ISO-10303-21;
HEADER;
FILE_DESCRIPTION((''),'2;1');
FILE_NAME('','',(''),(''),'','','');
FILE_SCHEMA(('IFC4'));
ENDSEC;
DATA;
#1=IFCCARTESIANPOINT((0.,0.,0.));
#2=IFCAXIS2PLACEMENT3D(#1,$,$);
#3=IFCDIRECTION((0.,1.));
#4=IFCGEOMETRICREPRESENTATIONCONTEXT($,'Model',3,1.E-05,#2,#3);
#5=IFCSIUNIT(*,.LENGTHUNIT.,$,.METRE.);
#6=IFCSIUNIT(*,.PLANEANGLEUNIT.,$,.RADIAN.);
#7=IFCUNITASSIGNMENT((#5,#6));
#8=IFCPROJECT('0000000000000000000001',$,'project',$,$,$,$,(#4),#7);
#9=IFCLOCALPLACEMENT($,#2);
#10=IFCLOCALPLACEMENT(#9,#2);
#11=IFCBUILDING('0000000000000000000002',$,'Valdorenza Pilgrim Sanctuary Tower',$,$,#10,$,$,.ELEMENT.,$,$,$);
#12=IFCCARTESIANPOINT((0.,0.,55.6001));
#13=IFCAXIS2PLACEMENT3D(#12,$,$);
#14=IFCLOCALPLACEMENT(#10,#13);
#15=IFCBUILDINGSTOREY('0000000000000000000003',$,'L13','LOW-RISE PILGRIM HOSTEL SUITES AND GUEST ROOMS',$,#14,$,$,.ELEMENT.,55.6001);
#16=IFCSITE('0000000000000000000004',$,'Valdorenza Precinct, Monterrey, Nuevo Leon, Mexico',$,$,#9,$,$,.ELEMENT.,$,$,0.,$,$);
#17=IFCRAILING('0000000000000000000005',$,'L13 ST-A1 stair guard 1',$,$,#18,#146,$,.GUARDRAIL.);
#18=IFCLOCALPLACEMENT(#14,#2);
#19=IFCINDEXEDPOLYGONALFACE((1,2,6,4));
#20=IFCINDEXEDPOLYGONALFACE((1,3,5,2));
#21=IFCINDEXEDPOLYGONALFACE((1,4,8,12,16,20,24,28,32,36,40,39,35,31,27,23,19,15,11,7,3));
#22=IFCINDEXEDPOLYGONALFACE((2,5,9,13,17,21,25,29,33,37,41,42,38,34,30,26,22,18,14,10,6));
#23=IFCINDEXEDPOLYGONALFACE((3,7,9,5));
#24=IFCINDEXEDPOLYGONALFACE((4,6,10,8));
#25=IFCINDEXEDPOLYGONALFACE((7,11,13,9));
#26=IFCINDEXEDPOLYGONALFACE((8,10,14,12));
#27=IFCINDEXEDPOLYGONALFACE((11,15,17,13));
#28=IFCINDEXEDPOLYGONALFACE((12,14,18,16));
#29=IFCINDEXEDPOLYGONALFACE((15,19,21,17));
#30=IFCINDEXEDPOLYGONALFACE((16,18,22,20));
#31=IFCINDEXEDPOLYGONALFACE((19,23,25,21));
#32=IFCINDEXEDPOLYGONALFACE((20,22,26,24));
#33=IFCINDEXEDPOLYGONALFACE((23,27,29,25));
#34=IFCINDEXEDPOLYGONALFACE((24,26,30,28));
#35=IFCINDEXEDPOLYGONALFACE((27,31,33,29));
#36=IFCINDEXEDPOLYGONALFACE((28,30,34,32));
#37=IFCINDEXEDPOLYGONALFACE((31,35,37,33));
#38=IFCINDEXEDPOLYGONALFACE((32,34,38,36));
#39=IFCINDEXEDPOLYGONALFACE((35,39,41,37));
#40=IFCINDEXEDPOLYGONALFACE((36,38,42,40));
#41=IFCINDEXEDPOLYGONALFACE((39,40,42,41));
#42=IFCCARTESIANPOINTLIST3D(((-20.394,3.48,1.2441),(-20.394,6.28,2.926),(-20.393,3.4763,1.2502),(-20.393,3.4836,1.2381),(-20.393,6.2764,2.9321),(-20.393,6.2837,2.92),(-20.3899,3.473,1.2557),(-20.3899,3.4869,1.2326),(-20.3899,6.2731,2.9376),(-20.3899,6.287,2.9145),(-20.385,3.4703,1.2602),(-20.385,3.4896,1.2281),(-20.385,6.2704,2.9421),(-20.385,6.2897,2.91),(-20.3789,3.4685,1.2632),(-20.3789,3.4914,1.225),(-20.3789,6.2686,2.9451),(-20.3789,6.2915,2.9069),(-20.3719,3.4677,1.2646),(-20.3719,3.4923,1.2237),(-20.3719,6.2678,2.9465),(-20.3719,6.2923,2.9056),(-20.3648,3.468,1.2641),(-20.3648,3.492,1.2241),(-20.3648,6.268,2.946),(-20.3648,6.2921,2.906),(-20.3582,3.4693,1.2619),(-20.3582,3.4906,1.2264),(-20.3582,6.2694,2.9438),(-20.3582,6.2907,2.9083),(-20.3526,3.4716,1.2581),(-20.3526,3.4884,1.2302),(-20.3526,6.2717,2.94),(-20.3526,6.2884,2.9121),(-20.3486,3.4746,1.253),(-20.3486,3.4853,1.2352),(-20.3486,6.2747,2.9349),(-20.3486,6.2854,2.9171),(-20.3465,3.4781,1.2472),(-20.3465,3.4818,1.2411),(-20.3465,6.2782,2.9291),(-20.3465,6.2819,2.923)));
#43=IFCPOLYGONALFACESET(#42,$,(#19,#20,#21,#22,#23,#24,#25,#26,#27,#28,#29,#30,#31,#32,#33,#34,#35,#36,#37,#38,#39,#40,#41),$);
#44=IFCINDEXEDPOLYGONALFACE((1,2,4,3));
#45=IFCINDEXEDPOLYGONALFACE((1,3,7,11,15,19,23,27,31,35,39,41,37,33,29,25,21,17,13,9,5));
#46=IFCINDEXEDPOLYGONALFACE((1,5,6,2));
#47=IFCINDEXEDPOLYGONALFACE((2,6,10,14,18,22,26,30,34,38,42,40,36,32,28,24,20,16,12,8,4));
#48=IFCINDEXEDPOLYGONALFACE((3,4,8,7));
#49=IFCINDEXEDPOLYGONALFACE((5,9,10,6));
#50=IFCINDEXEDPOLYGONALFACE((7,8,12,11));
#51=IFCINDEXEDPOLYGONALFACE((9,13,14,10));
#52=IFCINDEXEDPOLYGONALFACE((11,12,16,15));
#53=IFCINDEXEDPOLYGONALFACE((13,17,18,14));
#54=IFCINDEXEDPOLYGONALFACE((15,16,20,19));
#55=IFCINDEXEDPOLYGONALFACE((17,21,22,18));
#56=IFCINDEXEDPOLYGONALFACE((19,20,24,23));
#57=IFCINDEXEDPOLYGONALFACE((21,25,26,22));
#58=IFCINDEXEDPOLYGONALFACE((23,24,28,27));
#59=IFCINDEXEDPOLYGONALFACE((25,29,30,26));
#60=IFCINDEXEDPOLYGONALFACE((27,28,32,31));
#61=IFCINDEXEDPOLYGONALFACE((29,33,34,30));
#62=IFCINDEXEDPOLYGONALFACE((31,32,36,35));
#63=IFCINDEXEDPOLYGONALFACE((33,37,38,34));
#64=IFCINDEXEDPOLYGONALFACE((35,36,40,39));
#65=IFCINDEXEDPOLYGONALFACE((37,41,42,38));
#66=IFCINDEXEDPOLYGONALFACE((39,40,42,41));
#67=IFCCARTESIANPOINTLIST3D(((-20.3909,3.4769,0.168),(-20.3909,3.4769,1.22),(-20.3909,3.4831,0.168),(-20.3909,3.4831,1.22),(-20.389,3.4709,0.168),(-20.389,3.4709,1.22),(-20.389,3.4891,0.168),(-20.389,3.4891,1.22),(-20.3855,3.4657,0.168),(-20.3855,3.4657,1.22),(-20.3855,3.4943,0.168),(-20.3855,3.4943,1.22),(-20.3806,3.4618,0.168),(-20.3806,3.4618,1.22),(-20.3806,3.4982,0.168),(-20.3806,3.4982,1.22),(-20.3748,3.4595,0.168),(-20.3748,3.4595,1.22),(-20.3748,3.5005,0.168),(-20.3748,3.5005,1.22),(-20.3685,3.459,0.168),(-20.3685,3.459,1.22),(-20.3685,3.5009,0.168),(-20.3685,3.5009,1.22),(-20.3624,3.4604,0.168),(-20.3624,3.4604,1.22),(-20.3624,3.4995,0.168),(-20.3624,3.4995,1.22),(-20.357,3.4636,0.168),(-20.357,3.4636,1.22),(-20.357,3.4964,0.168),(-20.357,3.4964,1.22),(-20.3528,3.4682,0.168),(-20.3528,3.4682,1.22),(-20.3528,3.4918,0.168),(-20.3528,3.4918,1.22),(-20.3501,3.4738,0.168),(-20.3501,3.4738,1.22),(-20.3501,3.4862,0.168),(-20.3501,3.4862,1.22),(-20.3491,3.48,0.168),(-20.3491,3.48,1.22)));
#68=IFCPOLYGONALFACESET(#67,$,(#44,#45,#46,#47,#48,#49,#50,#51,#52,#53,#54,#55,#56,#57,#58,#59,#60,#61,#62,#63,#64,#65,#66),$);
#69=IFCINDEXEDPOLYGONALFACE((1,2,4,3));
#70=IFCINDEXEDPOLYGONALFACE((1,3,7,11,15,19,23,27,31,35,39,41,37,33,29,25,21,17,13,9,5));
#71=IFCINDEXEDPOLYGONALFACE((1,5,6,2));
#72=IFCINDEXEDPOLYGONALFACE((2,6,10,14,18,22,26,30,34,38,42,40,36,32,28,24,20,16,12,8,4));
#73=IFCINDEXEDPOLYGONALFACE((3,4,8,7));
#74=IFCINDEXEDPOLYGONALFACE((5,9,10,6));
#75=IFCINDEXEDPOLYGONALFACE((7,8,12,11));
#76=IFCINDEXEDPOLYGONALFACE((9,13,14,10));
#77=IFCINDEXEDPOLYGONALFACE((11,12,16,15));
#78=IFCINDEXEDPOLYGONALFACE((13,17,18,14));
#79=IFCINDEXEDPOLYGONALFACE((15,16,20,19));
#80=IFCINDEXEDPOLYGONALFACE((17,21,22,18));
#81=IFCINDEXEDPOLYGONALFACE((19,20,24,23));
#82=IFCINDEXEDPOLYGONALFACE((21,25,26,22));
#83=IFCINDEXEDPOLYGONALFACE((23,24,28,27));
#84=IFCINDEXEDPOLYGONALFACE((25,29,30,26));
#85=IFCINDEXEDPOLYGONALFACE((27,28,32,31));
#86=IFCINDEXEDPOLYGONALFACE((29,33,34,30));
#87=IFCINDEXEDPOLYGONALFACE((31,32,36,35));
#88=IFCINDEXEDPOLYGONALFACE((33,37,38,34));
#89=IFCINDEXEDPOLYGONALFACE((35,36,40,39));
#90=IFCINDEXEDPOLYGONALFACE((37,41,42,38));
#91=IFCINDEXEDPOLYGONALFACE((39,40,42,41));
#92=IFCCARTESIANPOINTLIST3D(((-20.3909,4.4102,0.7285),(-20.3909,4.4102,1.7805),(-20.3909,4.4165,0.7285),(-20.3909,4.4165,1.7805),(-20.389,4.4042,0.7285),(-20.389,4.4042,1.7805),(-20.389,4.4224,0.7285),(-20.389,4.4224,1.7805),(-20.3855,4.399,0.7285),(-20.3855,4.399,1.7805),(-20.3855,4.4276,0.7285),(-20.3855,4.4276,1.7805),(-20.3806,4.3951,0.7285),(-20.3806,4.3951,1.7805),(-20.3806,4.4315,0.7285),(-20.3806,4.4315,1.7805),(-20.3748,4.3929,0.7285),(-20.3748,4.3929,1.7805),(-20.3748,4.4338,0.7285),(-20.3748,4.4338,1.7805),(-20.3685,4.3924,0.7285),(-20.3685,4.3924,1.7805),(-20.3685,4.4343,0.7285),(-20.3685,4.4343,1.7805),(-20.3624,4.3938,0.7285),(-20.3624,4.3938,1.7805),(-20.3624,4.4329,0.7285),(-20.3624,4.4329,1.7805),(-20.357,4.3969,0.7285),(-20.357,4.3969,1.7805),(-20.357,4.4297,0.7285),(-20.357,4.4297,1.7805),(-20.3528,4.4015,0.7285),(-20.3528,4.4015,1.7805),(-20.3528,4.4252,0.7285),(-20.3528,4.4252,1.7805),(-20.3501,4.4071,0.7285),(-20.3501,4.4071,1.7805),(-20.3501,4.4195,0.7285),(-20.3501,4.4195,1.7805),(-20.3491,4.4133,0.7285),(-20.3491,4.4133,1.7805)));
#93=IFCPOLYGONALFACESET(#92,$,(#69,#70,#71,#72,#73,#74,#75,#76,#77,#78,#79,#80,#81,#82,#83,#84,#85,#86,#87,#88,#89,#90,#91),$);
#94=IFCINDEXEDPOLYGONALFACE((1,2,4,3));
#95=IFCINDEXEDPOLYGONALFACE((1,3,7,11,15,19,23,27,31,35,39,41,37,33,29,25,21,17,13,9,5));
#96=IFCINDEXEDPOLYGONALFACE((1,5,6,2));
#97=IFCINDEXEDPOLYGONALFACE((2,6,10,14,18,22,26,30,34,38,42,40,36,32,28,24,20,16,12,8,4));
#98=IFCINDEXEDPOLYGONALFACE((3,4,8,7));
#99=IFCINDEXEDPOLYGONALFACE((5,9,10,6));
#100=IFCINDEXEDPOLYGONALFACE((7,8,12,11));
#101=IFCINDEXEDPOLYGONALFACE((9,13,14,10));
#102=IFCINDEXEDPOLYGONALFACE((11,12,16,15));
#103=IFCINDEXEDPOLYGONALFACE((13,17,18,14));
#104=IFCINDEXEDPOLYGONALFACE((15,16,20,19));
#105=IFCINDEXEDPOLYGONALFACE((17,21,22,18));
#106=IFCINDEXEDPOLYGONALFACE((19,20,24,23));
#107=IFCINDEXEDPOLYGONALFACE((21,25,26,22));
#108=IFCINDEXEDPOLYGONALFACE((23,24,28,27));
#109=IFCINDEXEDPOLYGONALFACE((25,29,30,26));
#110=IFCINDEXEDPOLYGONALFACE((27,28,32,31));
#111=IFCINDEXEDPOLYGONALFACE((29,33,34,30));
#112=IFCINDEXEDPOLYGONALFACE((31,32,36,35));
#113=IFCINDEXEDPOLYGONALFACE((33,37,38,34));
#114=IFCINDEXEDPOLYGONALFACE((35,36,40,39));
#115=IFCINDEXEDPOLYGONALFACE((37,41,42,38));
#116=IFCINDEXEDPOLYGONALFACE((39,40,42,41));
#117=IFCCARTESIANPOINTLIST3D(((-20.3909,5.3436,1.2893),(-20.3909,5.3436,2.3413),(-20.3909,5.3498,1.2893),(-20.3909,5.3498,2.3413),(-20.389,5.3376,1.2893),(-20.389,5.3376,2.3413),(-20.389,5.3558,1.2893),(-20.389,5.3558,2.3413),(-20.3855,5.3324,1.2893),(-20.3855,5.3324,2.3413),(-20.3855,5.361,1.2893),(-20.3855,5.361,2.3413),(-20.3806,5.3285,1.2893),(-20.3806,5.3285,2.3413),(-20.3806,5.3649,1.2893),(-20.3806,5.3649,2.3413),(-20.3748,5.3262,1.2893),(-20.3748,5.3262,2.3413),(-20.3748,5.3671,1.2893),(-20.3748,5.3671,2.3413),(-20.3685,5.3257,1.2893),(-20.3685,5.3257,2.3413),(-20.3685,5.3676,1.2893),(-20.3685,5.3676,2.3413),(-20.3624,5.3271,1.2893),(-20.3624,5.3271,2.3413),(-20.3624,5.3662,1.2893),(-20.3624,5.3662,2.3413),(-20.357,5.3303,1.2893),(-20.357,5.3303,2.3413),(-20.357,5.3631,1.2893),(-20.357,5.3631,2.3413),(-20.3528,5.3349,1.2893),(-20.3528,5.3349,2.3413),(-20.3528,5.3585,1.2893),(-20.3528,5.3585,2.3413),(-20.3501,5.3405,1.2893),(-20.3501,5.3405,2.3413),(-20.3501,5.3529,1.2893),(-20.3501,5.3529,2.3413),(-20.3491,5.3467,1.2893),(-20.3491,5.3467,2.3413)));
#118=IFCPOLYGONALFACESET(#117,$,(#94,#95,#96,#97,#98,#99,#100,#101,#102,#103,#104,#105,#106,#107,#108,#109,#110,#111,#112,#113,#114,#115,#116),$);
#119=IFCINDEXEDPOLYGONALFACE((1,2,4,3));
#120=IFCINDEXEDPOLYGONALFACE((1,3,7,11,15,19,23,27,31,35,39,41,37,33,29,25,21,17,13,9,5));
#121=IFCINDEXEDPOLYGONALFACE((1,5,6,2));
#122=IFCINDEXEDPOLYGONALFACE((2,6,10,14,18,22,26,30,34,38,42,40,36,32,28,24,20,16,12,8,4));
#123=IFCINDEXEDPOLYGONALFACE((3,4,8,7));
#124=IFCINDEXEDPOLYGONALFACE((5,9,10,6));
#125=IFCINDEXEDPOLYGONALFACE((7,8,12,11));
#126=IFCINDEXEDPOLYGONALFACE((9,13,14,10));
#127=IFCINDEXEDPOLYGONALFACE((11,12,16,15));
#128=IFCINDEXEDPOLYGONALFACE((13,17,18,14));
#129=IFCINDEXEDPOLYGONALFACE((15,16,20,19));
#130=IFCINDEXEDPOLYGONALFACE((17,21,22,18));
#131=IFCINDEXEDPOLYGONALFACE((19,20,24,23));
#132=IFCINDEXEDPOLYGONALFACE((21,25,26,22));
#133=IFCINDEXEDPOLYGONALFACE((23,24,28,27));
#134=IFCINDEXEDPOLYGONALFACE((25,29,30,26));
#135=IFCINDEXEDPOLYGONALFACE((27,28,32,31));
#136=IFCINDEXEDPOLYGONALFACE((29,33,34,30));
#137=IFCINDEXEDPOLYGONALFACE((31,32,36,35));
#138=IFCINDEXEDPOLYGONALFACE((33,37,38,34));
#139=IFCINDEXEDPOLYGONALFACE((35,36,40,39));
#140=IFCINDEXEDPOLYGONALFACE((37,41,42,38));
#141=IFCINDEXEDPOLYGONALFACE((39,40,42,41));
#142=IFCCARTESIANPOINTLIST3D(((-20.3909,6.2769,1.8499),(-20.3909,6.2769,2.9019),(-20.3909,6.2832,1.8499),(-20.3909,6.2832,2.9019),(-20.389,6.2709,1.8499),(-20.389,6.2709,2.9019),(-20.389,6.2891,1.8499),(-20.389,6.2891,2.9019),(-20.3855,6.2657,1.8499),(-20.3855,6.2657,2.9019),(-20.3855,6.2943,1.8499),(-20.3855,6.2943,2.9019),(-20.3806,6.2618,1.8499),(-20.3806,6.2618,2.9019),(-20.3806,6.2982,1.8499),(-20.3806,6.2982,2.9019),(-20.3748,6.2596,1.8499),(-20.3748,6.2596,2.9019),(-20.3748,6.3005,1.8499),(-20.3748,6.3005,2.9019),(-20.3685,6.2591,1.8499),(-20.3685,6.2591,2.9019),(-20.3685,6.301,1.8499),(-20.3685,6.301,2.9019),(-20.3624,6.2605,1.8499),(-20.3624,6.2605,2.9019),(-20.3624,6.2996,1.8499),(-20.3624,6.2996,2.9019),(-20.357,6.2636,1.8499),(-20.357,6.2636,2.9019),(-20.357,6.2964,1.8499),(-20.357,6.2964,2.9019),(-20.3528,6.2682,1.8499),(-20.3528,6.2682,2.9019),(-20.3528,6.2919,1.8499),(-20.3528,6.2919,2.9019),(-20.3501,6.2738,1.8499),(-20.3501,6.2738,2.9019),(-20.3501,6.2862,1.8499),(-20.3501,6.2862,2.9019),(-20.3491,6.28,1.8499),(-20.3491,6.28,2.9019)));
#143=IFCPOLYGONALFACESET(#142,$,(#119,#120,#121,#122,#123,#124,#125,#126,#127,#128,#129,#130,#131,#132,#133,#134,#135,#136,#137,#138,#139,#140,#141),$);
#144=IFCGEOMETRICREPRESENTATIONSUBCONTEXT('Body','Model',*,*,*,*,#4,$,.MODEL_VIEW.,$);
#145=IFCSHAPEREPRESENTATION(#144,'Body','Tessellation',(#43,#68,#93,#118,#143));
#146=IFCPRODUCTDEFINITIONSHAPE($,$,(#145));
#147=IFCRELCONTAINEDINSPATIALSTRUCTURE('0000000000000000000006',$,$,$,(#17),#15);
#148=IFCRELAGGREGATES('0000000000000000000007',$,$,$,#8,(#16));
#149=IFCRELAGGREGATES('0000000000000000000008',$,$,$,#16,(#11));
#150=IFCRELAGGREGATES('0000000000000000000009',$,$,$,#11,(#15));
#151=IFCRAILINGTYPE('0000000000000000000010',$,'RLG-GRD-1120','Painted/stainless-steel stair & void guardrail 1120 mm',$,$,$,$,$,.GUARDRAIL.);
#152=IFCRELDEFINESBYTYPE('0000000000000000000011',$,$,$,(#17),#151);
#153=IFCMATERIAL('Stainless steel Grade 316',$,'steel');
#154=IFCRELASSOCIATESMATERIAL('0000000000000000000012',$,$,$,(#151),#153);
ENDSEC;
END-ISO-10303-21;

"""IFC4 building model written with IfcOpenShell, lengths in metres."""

from ifc_helpers import new_model, si_unit, direction, frame, origin, origin_2d, place, context, subcontext, project, spatial, circle, extrude, material, type_object, element, save


model = new_model("IFC4")

# Units and contexts
model_context = context("Model", 3, precision=1e-05, world=origin(), true_north=direction((0.0, 1.0)))
body_context = subcontext(model_context, "Body", "Model", "MODEL_VIEW")
ifc_project = project(units=[si_unit("LENGTHUNIT", "METRE"), si_unit("PLANEANGLEUNIT", "RADIAN")], contexts=[model_context])

# Site, building, storey
site_placement = place(None, origin())
site = spatial("IfcSite", under=ifc_project, at=site_placement, Name="Valdorenza Precinct, Monterrey, Nuevo Leon, Mexico", CompositionType="ELEMENT", RefElevation=0.0)
building_placement = place(site_placement, origin())
building = spatial("IfcBuilding", under=site, at=building_placement, Name="Valdorenza Pilgrim Sanctuary Tower", CompositionType="ELEMENT")
storey_placement = place(building_placement, frame((0.0, 0.0, 55.6001)))
storey = spatial("IfcBuildingStorey", under=building, at=storey_placement, Name="L13", Description="LOW-RISE PILGRIM HOSTEL SUITES AND GUEST ROOMS", CompositionType="ELEMENT", Elevation=55.6001)

# Railing
ifc_material_1 = material(Name="Stainless steel Grade 316", Category="steel")
railing_type_1 = type_object("IfcRailingType", Name="RLG-GRD-1120", Description="Painted/stainless-steel stair & void guardrail 1120 mm", PredefinedType="GUARDRAIL", material=ifc_material_1)
railing_1_placement = place(storey_placement, frame((-20.3701, 3.48, 0.168)))
element("IfcRailing", 1, at=railing_1_placement, inside=storey, type_object=railing_type_1, Name="L13 ST-A1 stair guard 1", PredefinedType="GUARDRAIL", context=body_context, shape_type="SweptSolid", body=[
    extrude(circle(Radius=0.0239, at=origin_2d()), frame((0.0, 0.0, 1.0762), z_axis=(0.0, 0.857242, 0.514913), x_axis=(-1.0, 0.0, 0.0)), (0.0, 0.0, 1.0), 3.2664),
    extrude(circle(Radius=0.021, at=origin_2d()), origin(), (0.0, 0.0, 1.0), 1.052),
    extrude(circle(Radius=0.021, at=origin_2d()), frame((0.0, 0.9333, 0.5605)), (0.0, 0.0, 1.0), 1.052),
    extrude(circle(Radius=0.021, at=origin_2d()), frame((0.0, 1.8667, 1.1213)), (0.0, 0.0, 1.0), 1.052),
    extrude(circle(Radius=0.021, at=origin_2d()), frame((0.0, 2.8, 1.6819)), (0.0, 0.0, 1.0), 1.052),
])

save(model, "model.ifc")
